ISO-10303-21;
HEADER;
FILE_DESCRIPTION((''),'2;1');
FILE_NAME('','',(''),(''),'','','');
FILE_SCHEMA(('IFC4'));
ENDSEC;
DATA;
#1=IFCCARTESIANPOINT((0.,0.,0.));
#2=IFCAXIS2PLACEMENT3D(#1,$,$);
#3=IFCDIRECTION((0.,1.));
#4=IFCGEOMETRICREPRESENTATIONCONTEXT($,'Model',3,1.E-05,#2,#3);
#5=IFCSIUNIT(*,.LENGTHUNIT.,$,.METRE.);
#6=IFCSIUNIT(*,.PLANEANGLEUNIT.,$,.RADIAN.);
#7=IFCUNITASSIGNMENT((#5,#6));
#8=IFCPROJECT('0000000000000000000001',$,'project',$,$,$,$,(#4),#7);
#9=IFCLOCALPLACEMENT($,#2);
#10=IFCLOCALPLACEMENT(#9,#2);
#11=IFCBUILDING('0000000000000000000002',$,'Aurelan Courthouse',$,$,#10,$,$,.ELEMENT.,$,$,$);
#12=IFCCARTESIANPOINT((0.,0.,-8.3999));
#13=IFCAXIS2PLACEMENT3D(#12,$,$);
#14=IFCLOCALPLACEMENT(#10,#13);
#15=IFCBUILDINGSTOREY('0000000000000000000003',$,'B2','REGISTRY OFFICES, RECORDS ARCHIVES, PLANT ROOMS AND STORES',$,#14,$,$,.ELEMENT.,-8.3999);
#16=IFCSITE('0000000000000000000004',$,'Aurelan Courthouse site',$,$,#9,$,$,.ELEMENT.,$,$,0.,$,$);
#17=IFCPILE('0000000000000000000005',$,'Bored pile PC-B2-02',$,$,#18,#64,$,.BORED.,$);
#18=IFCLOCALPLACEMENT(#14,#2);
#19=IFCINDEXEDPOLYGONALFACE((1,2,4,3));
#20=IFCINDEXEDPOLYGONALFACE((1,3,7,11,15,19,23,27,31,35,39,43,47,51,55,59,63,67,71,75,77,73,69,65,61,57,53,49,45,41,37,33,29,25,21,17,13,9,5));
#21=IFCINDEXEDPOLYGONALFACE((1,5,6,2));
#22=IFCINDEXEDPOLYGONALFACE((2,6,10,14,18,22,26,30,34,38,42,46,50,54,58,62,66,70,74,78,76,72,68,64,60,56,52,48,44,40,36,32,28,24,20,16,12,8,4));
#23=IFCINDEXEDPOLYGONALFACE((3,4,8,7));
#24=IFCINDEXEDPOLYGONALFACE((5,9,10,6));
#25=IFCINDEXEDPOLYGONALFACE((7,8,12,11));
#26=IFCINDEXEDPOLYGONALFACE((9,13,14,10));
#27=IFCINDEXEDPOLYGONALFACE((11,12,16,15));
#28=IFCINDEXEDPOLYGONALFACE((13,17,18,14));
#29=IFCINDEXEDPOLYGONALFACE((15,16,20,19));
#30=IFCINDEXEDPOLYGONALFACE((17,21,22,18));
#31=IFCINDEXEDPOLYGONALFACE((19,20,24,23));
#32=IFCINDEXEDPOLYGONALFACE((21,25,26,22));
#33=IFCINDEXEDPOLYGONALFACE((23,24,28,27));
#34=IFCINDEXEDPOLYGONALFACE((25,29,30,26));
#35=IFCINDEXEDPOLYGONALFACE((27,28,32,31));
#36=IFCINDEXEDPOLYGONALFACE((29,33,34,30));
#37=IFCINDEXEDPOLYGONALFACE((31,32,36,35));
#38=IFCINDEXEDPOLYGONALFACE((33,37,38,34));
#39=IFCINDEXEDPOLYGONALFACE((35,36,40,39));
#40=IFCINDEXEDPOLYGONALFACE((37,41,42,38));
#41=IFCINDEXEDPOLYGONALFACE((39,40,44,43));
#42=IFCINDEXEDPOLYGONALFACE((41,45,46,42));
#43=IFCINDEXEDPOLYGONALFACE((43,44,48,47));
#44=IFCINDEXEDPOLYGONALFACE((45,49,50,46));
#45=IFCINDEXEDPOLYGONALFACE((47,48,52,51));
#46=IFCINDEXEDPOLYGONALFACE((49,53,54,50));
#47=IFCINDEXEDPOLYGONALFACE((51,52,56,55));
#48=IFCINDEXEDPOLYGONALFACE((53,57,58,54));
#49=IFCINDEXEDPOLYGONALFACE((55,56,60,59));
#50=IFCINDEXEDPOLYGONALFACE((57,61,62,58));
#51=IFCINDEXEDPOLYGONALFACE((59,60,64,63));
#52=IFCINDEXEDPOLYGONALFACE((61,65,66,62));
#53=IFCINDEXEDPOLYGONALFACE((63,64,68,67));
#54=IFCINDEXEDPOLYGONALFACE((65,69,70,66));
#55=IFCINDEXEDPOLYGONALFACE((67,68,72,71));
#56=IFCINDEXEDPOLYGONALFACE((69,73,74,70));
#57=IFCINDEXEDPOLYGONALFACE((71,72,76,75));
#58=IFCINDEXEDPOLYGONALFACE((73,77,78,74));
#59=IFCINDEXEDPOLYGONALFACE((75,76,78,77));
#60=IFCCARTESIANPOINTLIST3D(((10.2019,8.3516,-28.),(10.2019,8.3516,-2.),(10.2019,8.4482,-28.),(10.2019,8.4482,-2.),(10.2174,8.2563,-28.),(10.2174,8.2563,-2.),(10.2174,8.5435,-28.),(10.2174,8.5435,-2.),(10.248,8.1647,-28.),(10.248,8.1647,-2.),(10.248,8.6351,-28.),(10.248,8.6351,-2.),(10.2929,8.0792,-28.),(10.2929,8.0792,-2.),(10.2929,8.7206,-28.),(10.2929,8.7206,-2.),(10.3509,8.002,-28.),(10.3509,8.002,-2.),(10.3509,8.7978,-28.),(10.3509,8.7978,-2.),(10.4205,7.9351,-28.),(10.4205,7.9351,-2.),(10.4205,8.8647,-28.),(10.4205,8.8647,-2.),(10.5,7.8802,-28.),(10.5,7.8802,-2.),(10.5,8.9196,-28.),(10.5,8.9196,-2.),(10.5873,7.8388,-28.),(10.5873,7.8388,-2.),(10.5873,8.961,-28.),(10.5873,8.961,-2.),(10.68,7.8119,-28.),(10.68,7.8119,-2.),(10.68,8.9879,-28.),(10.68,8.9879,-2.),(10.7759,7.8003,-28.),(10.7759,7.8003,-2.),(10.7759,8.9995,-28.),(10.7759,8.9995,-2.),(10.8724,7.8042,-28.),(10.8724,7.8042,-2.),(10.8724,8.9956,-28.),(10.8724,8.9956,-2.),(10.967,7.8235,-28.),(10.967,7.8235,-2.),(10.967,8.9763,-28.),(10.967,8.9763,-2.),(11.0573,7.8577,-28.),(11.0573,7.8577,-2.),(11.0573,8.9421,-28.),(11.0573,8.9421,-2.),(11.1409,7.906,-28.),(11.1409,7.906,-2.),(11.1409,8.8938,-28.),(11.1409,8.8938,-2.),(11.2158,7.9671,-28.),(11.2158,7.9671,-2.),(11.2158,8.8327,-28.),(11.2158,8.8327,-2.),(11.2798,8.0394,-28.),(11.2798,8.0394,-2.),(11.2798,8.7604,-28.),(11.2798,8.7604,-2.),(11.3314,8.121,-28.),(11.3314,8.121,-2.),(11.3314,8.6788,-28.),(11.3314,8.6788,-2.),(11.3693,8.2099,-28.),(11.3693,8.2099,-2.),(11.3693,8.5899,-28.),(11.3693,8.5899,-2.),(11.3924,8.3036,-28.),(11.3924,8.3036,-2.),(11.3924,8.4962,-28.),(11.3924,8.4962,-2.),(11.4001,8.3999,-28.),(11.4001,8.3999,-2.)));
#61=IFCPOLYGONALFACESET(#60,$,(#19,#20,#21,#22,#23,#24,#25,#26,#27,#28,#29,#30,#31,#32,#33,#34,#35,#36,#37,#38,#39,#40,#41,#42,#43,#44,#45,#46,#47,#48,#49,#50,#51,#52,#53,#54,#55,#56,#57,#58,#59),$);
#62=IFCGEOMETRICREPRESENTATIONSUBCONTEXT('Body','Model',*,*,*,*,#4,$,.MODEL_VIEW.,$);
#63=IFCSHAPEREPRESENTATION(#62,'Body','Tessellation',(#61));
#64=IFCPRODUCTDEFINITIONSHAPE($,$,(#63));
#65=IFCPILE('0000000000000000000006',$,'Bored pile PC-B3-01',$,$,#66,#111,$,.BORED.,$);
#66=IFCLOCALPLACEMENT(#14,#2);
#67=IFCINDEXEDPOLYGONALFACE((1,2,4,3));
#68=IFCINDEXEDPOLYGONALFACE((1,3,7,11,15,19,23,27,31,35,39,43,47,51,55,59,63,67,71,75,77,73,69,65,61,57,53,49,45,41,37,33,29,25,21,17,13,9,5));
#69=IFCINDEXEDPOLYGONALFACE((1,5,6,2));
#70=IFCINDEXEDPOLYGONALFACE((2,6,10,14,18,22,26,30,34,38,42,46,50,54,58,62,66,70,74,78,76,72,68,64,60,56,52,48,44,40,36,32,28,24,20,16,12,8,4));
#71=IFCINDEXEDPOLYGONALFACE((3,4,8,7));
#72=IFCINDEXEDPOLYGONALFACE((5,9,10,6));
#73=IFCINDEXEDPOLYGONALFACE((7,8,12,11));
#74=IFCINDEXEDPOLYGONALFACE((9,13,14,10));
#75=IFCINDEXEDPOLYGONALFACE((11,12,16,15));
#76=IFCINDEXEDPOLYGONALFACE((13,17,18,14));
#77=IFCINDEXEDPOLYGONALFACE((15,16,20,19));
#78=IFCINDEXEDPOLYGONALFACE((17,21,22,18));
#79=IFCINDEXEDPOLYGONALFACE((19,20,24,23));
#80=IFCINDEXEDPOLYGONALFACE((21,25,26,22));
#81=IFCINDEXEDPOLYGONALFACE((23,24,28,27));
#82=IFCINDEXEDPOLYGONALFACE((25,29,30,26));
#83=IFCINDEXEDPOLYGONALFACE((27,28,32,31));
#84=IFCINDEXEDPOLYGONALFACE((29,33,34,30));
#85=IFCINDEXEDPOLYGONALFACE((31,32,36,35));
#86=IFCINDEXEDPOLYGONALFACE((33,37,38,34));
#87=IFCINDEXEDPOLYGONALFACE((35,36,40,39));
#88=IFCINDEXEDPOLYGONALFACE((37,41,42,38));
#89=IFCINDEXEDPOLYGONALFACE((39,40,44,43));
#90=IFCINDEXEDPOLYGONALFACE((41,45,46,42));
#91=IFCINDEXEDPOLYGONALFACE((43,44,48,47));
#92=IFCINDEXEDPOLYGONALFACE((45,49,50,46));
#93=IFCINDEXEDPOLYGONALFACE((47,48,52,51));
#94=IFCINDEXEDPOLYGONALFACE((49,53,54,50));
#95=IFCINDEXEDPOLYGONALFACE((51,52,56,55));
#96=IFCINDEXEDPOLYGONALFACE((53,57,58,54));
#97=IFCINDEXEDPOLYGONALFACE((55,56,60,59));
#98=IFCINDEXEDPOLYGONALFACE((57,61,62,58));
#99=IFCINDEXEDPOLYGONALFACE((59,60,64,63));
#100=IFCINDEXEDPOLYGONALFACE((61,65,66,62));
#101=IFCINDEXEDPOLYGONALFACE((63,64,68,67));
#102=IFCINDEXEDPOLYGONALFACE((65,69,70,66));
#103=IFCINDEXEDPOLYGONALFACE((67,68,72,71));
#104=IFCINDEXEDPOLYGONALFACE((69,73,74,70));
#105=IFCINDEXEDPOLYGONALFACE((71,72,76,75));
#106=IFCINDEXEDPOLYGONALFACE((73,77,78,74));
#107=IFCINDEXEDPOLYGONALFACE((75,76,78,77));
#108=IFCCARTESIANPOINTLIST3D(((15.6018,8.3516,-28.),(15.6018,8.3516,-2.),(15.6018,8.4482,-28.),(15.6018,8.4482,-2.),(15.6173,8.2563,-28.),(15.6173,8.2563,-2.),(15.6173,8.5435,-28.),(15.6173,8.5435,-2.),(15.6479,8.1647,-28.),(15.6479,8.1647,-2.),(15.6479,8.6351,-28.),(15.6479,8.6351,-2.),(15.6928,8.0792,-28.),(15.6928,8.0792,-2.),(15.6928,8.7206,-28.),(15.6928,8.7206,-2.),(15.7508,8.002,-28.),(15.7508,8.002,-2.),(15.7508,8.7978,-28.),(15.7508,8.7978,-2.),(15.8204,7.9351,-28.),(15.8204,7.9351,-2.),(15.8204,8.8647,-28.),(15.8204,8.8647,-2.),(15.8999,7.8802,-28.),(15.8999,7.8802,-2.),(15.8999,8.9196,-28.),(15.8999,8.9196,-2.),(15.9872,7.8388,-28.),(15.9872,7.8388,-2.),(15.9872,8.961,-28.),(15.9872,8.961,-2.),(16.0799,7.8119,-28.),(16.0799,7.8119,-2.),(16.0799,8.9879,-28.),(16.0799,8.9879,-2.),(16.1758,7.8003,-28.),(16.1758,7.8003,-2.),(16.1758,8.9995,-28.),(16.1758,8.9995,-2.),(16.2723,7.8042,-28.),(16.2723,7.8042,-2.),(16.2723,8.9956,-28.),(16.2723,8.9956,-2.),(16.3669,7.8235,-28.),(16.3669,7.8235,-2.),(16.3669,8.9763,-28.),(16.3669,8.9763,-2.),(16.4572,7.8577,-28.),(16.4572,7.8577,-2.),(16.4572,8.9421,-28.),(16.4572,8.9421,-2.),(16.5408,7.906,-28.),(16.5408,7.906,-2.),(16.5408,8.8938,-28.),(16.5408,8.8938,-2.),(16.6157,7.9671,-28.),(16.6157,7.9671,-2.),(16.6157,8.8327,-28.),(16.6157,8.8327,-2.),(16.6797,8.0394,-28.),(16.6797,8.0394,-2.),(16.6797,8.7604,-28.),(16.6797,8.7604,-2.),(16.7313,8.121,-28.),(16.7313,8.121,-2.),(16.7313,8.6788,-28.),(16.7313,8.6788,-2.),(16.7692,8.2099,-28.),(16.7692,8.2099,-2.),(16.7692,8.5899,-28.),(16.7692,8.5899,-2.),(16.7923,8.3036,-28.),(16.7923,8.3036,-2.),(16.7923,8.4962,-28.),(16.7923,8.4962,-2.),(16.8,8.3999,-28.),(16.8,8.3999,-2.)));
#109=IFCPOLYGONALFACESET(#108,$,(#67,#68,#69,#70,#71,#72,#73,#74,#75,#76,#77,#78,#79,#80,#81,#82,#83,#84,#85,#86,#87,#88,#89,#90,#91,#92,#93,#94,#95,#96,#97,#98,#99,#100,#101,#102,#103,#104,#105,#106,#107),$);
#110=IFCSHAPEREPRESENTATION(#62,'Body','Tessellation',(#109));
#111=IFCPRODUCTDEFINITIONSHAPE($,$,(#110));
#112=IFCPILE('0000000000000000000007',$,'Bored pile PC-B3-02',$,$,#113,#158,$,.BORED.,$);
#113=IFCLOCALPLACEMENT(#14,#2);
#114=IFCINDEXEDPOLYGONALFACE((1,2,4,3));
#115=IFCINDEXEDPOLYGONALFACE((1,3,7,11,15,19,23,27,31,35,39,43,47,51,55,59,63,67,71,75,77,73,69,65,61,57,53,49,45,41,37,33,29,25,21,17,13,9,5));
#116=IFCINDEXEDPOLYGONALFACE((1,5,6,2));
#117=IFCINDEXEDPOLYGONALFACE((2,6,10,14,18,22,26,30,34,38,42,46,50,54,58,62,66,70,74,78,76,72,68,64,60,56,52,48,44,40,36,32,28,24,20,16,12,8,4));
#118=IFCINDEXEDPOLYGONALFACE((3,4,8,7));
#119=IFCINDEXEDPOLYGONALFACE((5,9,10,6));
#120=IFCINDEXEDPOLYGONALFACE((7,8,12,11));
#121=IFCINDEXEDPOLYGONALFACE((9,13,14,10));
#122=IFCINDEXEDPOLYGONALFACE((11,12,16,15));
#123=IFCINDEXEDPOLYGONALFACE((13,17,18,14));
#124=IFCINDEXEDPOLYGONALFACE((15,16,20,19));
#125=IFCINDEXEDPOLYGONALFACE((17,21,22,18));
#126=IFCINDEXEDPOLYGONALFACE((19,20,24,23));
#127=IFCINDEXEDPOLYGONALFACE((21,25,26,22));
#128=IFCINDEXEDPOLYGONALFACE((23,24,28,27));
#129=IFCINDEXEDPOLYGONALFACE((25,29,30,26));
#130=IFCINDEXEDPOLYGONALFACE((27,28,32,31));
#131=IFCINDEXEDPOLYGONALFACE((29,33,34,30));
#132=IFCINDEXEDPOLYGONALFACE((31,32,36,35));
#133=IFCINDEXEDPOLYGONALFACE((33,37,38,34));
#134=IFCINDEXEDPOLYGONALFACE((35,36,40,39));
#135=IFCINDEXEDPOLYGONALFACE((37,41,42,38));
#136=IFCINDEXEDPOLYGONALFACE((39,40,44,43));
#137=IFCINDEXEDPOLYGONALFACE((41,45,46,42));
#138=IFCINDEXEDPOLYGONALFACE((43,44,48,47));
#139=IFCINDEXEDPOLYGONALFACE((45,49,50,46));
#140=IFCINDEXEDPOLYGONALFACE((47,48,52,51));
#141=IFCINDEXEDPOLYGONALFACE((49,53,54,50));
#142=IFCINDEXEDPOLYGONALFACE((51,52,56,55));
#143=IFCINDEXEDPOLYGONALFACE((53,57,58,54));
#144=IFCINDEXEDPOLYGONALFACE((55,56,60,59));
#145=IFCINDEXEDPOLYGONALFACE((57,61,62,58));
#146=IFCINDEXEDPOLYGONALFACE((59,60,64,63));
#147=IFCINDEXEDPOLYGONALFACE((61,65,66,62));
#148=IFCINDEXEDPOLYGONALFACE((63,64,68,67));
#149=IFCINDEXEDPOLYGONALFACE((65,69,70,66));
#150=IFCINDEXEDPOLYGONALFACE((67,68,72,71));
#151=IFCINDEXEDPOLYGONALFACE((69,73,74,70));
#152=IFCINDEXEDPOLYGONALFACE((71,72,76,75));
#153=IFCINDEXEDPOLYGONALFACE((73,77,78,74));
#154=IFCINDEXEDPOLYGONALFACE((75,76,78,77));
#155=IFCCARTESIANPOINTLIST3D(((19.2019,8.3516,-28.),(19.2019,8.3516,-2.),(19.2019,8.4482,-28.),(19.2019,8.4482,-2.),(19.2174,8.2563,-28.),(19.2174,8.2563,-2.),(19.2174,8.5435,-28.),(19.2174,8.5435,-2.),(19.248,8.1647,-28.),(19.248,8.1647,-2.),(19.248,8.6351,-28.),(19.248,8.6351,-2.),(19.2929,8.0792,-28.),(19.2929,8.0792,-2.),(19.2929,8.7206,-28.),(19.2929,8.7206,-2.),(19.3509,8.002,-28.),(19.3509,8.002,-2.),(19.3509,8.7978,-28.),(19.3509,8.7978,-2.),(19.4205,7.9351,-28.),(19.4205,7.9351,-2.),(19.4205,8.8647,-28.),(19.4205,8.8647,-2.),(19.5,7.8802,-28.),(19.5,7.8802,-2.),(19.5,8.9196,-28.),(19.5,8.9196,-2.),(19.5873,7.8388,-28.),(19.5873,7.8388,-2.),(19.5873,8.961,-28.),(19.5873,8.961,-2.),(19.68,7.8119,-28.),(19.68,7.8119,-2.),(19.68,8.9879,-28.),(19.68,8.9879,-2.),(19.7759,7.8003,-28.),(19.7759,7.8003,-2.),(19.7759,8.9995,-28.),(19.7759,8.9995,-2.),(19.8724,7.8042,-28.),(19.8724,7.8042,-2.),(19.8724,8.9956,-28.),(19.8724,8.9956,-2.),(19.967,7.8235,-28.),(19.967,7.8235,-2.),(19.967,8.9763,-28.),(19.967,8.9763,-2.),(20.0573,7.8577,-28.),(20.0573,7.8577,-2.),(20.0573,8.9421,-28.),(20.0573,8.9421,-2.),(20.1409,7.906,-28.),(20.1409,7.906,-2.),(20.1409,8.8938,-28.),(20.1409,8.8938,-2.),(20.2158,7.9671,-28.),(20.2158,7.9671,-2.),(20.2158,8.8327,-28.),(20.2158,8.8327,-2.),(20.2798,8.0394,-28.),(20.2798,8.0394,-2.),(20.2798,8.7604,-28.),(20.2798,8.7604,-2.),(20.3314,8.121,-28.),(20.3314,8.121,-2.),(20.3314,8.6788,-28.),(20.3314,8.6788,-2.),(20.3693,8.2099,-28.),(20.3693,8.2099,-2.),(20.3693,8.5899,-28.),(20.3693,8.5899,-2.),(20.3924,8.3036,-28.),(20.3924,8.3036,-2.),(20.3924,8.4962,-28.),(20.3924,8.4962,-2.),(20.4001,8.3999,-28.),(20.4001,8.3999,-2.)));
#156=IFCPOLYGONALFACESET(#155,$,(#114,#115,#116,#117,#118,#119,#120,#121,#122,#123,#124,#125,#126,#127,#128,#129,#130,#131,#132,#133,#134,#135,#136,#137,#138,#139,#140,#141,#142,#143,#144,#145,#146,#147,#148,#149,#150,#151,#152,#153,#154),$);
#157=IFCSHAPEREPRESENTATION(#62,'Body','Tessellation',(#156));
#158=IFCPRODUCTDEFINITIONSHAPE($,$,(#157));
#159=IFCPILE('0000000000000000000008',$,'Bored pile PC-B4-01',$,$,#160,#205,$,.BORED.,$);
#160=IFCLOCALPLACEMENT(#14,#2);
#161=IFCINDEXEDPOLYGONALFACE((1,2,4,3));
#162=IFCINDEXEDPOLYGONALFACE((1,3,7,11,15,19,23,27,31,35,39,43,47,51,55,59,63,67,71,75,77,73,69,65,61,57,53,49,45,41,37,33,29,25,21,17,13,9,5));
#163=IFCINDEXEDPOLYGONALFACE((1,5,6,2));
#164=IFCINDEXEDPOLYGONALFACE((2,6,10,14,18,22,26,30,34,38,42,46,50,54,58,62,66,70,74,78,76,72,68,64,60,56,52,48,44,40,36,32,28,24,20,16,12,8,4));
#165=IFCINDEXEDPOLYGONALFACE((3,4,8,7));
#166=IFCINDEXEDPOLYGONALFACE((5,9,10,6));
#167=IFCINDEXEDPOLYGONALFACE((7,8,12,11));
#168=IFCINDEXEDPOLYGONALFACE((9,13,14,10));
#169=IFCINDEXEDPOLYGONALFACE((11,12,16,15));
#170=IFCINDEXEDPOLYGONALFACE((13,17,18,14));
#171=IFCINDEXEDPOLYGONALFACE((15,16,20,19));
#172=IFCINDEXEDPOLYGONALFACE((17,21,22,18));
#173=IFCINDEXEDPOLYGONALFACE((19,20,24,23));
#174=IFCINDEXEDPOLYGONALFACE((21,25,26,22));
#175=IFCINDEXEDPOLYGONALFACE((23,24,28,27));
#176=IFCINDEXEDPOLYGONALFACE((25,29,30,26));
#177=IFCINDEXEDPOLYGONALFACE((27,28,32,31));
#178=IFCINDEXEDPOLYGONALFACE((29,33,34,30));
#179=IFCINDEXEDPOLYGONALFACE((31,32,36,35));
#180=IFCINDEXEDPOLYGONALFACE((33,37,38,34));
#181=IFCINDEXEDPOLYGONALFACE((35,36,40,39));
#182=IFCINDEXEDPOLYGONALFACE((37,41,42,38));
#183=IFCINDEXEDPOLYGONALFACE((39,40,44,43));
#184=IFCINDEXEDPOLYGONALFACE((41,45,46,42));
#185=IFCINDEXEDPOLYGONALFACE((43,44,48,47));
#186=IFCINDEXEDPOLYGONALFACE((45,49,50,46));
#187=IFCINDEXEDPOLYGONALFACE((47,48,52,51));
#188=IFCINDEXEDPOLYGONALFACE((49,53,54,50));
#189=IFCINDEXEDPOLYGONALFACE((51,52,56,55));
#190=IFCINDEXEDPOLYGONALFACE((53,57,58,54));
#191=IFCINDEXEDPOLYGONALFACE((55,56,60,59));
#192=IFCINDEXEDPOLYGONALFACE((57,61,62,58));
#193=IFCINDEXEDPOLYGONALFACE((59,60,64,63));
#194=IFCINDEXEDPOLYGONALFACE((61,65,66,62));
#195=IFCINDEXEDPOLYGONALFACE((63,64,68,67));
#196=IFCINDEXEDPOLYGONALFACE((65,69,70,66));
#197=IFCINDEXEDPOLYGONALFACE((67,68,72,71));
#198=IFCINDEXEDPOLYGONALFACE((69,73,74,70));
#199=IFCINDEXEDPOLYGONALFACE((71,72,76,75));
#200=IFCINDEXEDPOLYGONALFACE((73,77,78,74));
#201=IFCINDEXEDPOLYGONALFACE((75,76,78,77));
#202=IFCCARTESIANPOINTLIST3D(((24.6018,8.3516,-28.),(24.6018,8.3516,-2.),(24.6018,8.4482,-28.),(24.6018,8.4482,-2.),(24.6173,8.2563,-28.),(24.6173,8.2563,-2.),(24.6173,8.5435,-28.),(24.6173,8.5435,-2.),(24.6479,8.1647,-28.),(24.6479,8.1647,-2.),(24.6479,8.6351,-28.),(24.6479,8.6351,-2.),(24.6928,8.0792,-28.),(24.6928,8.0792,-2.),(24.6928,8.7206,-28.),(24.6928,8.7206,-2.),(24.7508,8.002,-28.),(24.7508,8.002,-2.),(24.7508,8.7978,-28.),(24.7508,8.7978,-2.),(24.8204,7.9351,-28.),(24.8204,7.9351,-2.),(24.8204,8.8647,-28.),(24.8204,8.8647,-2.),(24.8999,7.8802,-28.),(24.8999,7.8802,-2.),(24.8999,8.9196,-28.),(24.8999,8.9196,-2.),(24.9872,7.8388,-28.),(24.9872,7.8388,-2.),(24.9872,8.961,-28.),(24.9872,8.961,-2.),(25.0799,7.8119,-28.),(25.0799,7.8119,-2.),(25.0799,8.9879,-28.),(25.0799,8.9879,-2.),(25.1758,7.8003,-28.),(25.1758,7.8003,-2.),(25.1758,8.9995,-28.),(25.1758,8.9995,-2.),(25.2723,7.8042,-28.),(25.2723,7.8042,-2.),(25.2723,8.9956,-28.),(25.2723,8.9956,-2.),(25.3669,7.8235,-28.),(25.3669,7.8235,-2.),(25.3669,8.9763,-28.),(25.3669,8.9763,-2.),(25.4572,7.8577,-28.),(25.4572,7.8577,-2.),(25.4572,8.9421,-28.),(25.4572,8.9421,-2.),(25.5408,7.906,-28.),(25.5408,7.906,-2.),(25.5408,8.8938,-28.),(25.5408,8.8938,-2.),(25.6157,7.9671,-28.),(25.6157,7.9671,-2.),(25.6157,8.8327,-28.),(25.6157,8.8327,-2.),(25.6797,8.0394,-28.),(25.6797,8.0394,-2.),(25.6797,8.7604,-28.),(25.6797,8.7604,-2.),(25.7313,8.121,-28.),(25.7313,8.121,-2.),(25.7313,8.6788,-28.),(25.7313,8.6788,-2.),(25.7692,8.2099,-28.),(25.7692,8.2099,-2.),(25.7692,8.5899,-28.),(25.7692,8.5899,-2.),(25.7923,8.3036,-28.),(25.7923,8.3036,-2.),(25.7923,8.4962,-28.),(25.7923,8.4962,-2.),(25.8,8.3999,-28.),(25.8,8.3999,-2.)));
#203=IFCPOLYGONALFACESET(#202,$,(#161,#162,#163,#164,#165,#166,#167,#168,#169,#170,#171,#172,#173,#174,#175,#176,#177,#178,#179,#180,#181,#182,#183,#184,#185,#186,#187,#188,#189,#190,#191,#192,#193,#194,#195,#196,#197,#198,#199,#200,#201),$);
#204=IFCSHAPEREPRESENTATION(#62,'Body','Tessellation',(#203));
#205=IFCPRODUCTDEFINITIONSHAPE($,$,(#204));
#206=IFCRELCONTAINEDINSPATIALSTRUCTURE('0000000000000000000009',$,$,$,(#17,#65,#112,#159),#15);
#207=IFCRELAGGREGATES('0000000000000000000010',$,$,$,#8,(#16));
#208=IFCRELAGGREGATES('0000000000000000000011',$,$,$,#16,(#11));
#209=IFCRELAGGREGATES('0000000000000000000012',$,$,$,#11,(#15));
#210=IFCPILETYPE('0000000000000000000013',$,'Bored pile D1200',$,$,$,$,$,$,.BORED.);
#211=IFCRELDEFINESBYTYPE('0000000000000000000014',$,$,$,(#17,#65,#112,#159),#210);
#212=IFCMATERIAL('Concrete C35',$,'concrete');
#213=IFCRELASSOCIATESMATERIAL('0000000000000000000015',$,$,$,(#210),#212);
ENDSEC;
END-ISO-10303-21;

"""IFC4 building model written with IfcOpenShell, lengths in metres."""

from ifc_helpers import new_model, si_unit, direction, frame, origin, origin_2d, place, context, subcontext, project, spatial, circle, extrude, material, material_profile, profile_set, type_object, element, save


model = new_model("IFC4")

# Units and contexts
model_context = context("Model", 3, precision=1e-05, world=origin(), true_north=direction((0.0, 1.0)))
body_context = subcontext(model_context, "Body", "Model", "MODEL_VIEW")
ifc_project = project(units=[si_unit("LENGTHUNIT", "METRE"), si_unit("PLANEANGLEUNIT", "RADIAN")], contexts=[model_context])

# Site, building, storey
site_placement = place(None, origin())
site = spatial("IfcSite", under=ifc_project, at=site_placement, Name="Aurelan Courthouse site", CompositionType="ELEMENT", RefElevation=0.0)
building_placement = place(site_placement, origin())
building = spatial("IfcBuilding", under=site, at=building_placement, Name="Aurelan Courthouse", CompositionType="ELEMENT")
storey_placement = place(building_placement, frame((0.0, 0.0, -8.3999)))
storey = spatial("IfcBuildingStorey", under=building, at=storey_placement, Name="B2", Description="REGISTRY OFFICES, RECORDS ARCHIVES, PLANT ROOMS AND STORES", CompositionType="ELEMENT", Elevation=-8.3999)

# Piles
ifc_material_1 = material(Name="Concrete C35", Category="concrete")
ifc_material_profile_1 = material_profile(ifc_material_1, circle(Radius=0.6001, at=origin_2d()), Name="D1200")
ifc_profile_set_1 = profile_set([ifc_material_profile_1], Name="Concrete C35")
pile_type = type_object("IfcPileType", Name="Bored pile D1200", PredefinedType="BORED", material=ifc_profile_set_1)
for number, where, z_axis, x_axis, name in (
    (1, (10.8, 8.3999, -2.0), (0.0, 0.0, -1.0), (1.0, 0.0, 0.0), "Bored pile PC-B2-02"),
    (2, (16.2, 8.3999, -2.0), (0.0, 0.0, -1.0), (1.0, 0.0, 0.0), "Bored pile PC-B3-01"),
    (3, (19.8, 8.3999, -2.0), (0.0, 0.0, -1.0), (1.0, 0.0, 0.0), "Bored pile PC-B3-02"),
    (4, (25.2, 8.3999, -2.0), (0.0, 0.0, -1.0), (1.0, 0.0, 0.0), "Bored pile PC-B4-01"),
):
    element("IfcPile", number, at=place(storey_placement, frame(where, z_axis=z_axis, x_axis=x_axis)), inside=storey, type_object=pile_type, Name=name, PredefinedType="BORED", context=body_context, shape_type="SweptSolid", body=[
        extrude(circle(Radius=0.6001, at=origin_2d()), origin(), (0.0, 0.0, 1.0), 26.0),
    ])

save(model, "model.ifc")
